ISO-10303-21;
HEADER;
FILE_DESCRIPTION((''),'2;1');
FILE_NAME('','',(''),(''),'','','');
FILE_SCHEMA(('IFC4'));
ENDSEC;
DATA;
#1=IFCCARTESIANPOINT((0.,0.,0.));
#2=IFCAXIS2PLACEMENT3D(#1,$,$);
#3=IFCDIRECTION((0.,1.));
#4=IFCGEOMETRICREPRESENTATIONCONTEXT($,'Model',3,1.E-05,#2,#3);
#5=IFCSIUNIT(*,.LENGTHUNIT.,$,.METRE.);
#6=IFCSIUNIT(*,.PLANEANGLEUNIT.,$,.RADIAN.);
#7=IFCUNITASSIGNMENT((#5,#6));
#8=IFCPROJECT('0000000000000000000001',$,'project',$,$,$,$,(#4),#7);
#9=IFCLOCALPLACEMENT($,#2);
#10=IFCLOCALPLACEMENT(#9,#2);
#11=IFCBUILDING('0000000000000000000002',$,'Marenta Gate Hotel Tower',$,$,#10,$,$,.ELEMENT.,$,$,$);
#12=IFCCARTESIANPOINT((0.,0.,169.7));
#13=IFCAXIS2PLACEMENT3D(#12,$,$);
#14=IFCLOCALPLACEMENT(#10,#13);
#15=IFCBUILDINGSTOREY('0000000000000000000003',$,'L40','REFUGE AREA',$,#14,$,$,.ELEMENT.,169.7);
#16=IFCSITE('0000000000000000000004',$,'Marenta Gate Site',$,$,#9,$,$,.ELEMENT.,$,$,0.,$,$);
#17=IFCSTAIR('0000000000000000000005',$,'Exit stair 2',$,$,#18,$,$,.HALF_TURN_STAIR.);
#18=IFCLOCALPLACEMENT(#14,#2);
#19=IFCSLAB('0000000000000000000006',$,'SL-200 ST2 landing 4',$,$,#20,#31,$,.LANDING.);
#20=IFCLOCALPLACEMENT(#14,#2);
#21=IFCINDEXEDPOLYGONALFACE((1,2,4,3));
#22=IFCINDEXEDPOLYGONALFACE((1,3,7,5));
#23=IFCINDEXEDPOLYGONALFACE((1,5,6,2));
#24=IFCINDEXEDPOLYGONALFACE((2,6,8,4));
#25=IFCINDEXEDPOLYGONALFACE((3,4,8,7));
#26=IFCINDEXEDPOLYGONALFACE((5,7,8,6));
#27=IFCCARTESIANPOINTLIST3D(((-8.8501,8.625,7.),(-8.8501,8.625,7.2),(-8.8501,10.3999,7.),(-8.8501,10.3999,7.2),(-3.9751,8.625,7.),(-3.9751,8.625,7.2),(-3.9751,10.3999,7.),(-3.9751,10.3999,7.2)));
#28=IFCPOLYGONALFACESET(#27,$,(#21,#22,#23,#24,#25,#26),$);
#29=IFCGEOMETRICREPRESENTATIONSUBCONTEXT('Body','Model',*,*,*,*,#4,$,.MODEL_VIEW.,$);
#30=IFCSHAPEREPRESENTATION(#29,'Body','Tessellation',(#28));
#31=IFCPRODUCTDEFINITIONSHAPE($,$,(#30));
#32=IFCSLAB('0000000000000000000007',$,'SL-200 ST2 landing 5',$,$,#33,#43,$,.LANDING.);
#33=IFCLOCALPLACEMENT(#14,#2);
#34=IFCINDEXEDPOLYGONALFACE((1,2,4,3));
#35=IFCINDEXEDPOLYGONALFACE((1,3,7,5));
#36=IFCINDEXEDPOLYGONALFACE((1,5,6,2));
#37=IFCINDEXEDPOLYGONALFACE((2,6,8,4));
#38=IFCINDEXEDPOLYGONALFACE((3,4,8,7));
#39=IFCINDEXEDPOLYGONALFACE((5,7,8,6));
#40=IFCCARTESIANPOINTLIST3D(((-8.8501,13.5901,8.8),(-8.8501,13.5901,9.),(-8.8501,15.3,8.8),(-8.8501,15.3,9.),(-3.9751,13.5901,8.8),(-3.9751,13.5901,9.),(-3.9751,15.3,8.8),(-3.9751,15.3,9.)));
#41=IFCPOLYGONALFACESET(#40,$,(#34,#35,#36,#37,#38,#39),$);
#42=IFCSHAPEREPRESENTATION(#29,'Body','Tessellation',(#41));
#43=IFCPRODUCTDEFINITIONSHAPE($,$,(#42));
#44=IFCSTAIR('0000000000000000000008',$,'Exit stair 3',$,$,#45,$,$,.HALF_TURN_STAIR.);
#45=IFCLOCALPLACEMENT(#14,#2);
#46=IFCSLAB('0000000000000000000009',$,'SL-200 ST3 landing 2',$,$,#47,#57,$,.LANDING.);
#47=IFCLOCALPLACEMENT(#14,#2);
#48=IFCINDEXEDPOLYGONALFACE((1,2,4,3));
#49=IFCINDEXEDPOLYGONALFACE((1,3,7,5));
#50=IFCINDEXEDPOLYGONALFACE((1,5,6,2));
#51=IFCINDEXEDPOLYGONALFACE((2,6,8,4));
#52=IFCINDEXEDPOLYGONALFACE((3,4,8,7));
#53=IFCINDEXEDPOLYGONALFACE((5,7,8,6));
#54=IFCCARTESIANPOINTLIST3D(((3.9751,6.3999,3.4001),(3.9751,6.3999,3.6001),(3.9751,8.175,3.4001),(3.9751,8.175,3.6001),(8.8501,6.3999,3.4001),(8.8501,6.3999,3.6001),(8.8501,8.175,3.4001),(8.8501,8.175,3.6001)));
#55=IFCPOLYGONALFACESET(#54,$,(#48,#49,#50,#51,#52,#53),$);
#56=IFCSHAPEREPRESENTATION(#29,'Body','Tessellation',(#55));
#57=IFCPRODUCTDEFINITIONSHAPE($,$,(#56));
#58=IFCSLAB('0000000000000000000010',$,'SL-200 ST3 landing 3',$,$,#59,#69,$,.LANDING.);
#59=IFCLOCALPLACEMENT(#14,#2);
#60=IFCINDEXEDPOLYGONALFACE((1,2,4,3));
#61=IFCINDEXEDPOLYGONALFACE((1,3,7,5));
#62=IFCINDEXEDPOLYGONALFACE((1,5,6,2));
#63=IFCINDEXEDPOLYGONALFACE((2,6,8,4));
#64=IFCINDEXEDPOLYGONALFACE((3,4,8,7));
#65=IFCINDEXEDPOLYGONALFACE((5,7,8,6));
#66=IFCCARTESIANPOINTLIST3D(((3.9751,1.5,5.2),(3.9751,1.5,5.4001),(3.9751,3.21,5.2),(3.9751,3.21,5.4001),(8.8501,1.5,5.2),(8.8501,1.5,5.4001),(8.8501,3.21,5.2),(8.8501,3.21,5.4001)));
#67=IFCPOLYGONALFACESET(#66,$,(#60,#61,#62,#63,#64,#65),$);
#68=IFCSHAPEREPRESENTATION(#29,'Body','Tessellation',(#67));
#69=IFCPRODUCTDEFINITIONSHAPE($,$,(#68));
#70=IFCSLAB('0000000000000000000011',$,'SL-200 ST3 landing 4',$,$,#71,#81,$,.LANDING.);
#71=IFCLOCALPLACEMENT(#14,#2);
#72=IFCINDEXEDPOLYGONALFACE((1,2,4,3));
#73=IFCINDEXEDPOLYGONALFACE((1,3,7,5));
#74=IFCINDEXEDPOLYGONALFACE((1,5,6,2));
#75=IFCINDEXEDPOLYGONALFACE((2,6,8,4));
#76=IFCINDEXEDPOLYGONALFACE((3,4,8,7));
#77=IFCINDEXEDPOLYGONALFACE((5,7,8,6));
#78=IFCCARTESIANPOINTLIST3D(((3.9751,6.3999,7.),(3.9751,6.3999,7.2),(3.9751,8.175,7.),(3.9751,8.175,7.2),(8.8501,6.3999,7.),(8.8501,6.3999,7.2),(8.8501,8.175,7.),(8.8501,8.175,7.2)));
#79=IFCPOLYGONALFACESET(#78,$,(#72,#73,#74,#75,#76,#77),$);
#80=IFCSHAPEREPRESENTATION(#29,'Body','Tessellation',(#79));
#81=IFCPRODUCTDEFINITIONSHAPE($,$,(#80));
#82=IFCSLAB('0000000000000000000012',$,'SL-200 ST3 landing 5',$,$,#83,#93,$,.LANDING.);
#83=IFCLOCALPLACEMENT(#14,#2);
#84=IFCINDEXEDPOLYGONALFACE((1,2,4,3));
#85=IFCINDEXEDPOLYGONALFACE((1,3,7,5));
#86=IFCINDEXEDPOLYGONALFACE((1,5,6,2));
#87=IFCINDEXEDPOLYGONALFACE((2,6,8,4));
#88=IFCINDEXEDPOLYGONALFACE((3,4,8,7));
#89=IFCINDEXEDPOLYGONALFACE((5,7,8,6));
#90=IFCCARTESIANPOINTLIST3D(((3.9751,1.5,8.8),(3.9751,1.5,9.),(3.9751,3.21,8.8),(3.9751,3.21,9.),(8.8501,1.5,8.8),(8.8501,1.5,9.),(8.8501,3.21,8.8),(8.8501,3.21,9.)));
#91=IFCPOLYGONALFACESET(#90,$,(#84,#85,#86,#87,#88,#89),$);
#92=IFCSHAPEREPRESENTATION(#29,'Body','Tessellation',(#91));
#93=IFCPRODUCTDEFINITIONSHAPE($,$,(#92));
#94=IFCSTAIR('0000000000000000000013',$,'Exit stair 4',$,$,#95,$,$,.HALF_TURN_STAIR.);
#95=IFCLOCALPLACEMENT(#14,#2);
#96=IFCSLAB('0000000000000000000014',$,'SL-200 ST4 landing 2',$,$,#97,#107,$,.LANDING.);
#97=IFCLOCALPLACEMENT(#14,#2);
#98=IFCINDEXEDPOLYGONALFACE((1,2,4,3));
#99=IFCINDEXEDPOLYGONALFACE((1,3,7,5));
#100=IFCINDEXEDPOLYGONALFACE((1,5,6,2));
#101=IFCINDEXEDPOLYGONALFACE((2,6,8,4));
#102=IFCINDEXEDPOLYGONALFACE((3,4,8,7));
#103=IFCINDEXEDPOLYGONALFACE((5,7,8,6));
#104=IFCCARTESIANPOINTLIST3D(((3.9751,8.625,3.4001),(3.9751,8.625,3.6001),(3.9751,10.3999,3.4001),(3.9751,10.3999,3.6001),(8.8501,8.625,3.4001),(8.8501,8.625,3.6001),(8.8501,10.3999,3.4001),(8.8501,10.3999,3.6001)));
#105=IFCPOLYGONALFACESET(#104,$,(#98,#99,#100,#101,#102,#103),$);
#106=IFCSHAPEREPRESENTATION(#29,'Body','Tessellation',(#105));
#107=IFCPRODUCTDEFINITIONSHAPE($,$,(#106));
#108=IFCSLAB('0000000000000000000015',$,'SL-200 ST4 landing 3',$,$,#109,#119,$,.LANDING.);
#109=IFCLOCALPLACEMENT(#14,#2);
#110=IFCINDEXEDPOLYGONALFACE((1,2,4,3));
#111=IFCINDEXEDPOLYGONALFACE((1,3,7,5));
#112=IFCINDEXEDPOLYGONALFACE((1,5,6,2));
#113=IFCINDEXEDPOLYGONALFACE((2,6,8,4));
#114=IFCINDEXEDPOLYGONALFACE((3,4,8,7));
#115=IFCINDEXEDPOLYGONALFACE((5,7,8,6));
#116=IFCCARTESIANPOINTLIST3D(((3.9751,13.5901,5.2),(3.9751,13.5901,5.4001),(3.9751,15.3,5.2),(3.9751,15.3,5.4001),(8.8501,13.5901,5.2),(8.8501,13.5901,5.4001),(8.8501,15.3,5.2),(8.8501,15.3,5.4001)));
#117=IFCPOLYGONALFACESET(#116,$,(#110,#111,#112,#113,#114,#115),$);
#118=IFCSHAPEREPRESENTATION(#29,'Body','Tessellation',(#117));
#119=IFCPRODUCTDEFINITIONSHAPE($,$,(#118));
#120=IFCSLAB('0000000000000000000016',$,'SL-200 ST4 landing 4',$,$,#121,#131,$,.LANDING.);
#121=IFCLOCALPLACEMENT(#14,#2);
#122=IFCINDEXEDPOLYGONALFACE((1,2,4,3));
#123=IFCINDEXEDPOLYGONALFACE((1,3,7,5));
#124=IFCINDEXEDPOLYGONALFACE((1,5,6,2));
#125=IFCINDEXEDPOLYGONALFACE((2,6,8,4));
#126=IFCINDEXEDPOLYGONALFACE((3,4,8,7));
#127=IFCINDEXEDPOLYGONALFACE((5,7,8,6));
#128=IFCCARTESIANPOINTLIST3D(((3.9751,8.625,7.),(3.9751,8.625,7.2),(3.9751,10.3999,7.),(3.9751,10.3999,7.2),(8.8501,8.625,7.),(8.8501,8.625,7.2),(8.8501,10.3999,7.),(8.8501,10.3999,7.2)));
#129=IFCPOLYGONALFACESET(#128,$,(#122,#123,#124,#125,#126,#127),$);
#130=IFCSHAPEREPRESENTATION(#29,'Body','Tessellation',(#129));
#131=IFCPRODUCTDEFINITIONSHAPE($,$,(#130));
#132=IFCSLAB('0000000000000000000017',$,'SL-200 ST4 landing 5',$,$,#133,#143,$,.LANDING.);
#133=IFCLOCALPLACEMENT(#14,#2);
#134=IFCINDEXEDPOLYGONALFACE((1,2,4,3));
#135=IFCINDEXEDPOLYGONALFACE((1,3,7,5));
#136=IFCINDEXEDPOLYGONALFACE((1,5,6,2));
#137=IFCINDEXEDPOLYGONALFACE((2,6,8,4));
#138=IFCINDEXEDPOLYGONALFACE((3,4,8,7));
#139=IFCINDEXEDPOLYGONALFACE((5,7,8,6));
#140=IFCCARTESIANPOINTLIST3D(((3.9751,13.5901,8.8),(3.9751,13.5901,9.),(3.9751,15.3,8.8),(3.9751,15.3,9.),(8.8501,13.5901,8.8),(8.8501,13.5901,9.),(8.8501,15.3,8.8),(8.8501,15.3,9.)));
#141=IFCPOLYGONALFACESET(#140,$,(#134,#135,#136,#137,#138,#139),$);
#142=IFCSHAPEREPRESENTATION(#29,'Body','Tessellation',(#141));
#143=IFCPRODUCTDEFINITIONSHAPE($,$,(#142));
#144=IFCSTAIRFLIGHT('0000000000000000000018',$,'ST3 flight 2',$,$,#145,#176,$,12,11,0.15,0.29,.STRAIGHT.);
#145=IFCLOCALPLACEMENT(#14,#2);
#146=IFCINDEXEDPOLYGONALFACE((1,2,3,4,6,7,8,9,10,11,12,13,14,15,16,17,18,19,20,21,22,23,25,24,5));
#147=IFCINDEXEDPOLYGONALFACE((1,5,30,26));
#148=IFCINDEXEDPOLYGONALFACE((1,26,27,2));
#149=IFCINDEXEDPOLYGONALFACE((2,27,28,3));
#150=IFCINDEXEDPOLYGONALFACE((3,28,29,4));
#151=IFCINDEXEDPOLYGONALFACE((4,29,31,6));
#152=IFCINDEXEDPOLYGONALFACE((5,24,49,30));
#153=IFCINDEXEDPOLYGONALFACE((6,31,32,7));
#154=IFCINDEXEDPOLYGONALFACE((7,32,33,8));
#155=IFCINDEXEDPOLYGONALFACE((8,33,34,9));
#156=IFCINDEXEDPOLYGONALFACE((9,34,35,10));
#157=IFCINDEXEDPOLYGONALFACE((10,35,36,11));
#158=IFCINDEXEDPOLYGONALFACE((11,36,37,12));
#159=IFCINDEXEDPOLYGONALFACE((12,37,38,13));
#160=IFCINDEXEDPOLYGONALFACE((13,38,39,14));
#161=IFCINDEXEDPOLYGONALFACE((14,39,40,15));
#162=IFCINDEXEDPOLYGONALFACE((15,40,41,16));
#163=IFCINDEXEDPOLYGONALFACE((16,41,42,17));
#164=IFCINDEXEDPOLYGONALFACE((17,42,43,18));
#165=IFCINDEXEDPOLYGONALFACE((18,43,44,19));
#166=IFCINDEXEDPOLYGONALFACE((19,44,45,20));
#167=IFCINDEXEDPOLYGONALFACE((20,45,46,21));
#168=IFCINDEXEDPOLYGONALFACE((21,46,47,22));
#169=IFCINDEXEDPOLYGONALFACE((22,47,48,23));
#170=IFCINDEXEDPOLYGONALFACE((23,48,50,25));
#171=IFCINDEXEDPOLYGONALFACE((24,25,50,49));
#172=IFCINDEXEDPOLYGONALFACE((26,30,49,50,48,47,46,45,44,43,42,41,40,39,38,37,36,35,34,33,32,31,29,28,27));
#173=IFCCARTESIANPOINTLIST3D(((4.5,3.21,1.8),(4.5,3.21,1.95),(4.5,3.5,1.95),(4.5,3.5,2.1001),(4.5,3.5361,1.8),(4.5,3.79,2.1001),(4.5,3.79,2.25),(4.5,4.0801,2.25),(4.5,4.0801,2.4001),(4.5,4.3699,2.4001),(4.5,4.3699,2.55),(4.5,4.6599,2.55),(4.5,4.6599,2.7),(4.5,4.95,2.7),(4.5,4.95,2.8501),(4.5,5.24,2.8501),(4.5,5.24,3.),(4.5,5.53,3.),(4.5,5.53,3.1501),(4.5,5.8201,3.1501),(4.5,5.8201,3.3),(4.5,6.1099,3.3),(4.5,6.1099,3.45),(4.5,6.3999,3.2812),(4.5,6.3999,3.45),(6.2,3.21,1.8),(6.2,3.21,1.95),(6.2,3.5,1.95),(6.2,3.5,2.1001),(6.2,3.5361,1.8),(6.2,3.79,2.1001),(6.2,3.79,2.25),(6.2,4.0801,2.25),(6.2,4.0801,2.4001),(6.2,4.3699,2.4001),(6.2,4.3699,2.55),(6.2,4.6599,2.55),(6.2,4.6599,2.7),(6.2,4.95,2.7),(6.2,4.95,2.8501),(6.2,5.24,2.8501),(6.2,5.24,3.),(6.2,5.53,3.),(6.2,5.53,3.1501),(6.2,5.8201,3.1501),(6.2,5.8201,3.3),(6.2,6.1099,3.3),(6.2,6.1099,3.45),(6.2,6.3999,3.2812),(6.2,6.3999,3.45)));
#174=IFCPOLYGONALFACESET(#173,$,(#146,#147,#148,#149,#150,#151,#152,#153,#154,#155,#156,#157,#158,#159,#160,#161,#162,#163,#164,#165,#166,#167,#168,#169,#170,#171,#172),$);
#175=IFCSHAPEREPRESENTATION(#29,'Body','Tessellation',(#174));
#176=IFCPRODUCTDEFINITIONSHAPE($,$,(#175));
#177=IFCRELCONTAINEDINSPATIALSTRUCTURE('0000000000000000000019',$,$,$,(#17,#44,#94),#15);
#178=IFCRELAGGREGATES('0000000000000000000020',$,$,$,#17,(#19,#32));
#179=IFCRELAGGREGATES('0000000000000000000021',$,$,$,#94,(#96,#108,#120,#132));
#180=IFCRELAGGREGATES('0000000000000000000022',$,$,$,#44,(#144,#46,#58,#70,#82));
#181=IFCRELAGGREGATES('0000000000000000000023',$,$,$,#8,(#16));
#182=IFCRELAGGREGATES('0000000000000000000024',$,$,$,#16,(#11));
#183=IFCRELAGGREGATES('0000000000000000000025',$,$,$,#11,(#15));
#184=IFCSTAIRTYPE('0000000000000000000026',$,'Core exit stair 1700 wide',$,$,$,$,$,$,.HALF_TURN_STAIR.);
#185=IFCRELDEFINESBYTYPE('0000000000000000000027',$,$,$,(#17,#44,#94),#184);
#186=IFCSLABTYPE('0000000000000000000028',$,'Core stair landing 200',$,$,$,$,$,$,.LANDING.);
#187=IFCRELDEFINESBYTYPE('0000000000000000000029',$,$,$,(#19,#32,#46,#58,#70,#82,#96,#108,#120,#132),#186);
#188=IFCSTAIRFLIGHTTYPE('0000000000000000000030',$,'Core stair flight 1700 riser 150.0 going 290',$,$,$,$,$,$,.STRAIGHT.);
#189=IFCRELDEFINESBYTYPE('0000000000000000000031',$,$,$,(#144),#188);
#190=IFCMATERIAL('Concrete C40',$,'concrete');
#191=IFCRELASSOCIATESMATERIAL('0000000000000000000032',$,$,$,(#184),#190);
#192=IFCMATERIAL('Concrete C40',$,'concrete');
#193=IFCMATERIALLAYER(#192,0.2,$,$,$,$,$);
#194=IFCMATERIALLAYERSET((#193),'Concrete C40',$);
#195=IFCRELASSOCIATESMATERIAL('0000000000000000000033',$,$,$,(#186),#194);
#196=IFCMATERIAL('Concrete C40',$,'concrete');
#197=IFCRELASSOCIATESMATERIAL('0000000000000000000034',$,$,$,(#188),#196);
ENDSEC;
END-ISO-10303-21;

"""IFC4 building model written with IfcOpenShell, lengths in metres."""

from ifc_helpers import new_model, si_unit, direction, frame, origin, place, context, subcontext, project, spatial, polyline, outline, extrude, material, layer, layer_set, type_object, element, aggregate, save


model = new_model("IFC4")

# Units and contexts
model_context = context("Model", 3, precision=1e-05, world=origin(), true_north=direction((0.0, 1.0)))
body_context = subcontext(model_context, "Body", "Model", "MODEL_VIEW")
ifc_project = project(units=[si_unit("LENGTHUNIT", "METRE"), si_unit("PLANEANGLEUNIT", "RADIAN")], contexts=[model_context])

# Site, building, storey
site_placement = place(None, origin())
site = spatial("IfcSite", under=ifc_project, at=site_placement, Name="Marenta Gate Site", CompositionType="ELEMENT", RefElevation=0.0)
building_placement = place(site_placement, origin())
building = spatial("IfcBuilding", under=site, at=building_placement, Name="Marenta Gate Hotel Tower", CompositionType="ELEMENT")
storey_placement = place(building_placement, frame((0.0, 0.0, 169.7)))
storey = spatial("IfcBuildingStorey", under=building, at=storey_placement, Name="L40", Description="REFUGE AREA", CompositionType="ELEMENT", Elevation=169.7)

# Stairs, slabs
ifc_material_1 = material(Name="Concrete C40", Category="concrete")
stair_type = type_object("IfcStairType", Name="Core exit stair 1700 wide", PredefinedType="HALF_TURN_STAIR", material=ifc_material_1)
stair_1_placement = place(storey_placement, origin())
stair_1 = element("IfcStair", 1, at=stair_1_placement, inside=storey, type_object=stair_type, Name="Exit stair 2", PredefinedType="HALF_TURN_STAIR")
ifc_material_2 = material(Name="Concrete C40", Category="concrete")
ifc_layer = layer(ifc_material_2, 0.2)
ifc_layer_set = layer_set([ifc_layer], Name="Concrete C40")
slab_type = type_object("IfcSlabType", Name="Core stair landing 200", PredefinedType="LANDING", material=ifc_layer_set)
slab_1_placement = place(storey_placement, frame((0.0, 0.0, 7.0)))
slab_1 = element("IfcSlab", 2, at=slab_1_placement, type_object=slab_type, Name="SL-200 ST2 landing 4", PredefinedType="LANDING", context=body_context, shape_type="SweptSolid", body=[
    extrude(outline(polyline([(-8.8501, 8.625), (-3.9751, 8.625), (-3.9751, 10.3999), (-8.8501, 10.3999), (-8.8501, 8.625)])), origin(), (0.0, 0.0, 1.0), 0.2),
])
slab_2_placement = place(storey_placement, frame((0.0, 0.0, 8.8)))
slab_2 = element("IfcSlab", 3, at=slab_2_placement, type_object=slab_type, Name="SL-200 ST2 landing 5", PredefinedType="LANDING", context=body_context, shape_type="SweptSolid", body=[
    extrude(outline(polyline([(-8.8501, 13.5901), (-3.9751, 13.5901), (-3.9751, 15.3), (-8.8501, 15.3), (-8.8501, 13.5901)])), origin(), (0.0, 0.0, 1.0), 0.2),
])
aggregate(stair_1, [slab_1, slab_2])
stair_2_placement = place(storey_placement, origin())
stair_2 = element("IfcStair", 4, at=stair_2_placement, inside=storey, type_object=stair_type, Name="Exit stair 3", PredefinedType="HALF_TURN_STAIR")
slab_3_placement = place(storey_placement, frame((0.0, 0.0, 3.4001)))
slab_3 = element("IfcSlab", 5, at=slab_3_placement, type_object=slab_type, Name="SL-200 ST3 landing 2", PredefinedType="LANDING", context=body_context, shape_type="SweptSolid", body=[
    extrude(outline(polyline([(3.9751, 6.3999), (8.8501, 6.3999), (8.8501, 8.175), (3.9751, 8.175), (3.9751, 6.3999)])), origin(), (0.0, 0.0, 1.0), 0.2),
])
slab_4_placement = place(storey_placement, frame((0.0, 0.0, 5.2)))
slab_4 = element("IfcSlab", 6, at=slab_4_placement, type_object=slab_type, Name="SL-200 ST3 landing 3", PredefinedType="LANDING", context=body_context, shape_type="SweptSolid", body=[
    extrude(outline(polyline([(3.9751, 1.5), (8.8501, 1.5), (8.8501, 3.21), (3.9751, 3.21), (3.9751, 1.5)])), origin(), (0.0, 0.0, 1.0), 0.2002),
])
slab_5_placement = place(storey_placement, frame((0.0, 0.0, 7.0)))
slab_5 = element("IfcSlab", 7, at=slab_5_placement, type_object=slab_type, Name="SL-200 ST3 landing 4", PredefinedType="LANDING", context=body_context, shape_type="SweptSolid", body=[
    extrude(outline(polyline([(3.9751, 6.3999), (8.8501, 6.3999), (8.8501, 8.175), (3.9751, 8.175), (3.9751, 6.3999)])), origin(), (0.0, 0.0, 1.0), 0.2),
])
slab_6_placement = place(storey_placement, frame((0.0, 0.0, 8.8)))
slab_6 = element("IfcSlab", 8, at=slab_6_placement, type_object=slab_type, Name="SL-200 ST3 landing 5", PredefinedType="LANDING", context=body_context, shape_type="SweptSolid", body=[
    extrude(outline(polyline([(3.9751, 1.5), (8.8501, 1.5), (8.8501, 3.21), (3.9751, 3.21), (3.9751, 1.5)])), origin(), (0.0, 0.0, 1.0), 0.2),
])
stair_3_placement = place(storey_placement, origin())
stair_3 = element("IfcStair", 9, at=stair_3_placement, inside=storey, type_object=stair_type, Name="Exit stair 4", PredefinedType="HALF_TURN_STAIR")
slab_7_placement = place(storey_placement, frame((0.0, 0.0, 3.4001)))
slab_7 = element("IfcSlab", 10, at=slab_7_placement, type_object=slab_type, Name="SL-200 ST4 landing 2", PredefinedType="LANDING", context=body_context, shape_type="SweptSolid", body=[
    extrude(outline(polyline([(3.9751, 8.625), (8.8501, 8.625), (8.8501, 10.3999), (3.9751, 10.3999), (3.9751, 8.625)])), origin(), (0.0, 0.0, 1.0), 0.2),
])
slab_8_placement = place(storey_placement, frame((0.0, 0.0, 5.2)))
slab_8 = element("IfcSlab", 11, at=slab_8_placement, type_object=slab_type, Name="SL-200 ST4 landing 3", PredefinedType="LANDING", context=body_context, shape_type="SweptSolid", body=[
    extrude(outline(polyline([(3.9751, 13.5901), (8.8501, 13.5901), (8.8501, 15.3), (3.9751, 15.3), (3.9751, 13.5901)])), origin(), (0.0, 0.0, 1.0), 0.2002),
])
slab_9_placement = place(storey_placement, frame((0.0, 0.0, 7.0)))
slab_9 = element("IfcSlab", 12, at=slab_9_placement, type_object=slab_type, Name="SL-200 ST4 landing 4", PredefinedType="LANDING", context=body_context, shape_type="SweptSolid", body=[
    extrude(outline(polyline([(3.9751, 8.625), (8.8501, 8.625), (8.8501, 10.3999), (3.9751, 10.3999), (3.9751, 8.625)])), origin(), (0.0, 0.0, 1.0), 0.2),
])
slab_10_placement = place(storey_placement, frame((0.0, 0.0, 8.8)))
slab_10 = element("IfcSlab", 13, at=slab_10_placement, type_object=slab_type, Name="SL-200 ST4 landing 5", PredefinedType="LANDING", context=body_context, shape_type="SweptSolid", body=[
    extrude(outline(polyline([(3.9751, 13.5901), (8.8501, 13.5901), (8.8501, 15.3), (3.9751, 15.3), (3.9751, 13.5901)])), origin(), (0.0, 0.0, 1.0), 0.2),
])
aggregate(stair_3, [slab_7, slab_8, slab_9, slab_10])

# Stair flight
ifc_material_3 = material(Name="Concrete C40", Category="concrete")
stair_flight_type = type_object("IfcStairFlightType", Name="Core stair flight 1700 riser 150.0 going 290", PredefinedType="STRAIGHT", material=ifc_material_3)
stair_flight_1_placement = place(storey_placement, frame((5.3501, 3.21, 1.8), z_axis=(0.0, 0.0, 1.0), x_axis=(0.0, 1.0, 0.0)))
stair_flight_1 = element("IfcStairFlight", 14, at=stair_flight_1_placement, type_object=stair_flight_type, Name="ST3 flight 2", NumberOfRisers=12, NumberOfTreads=11, PredefinedType="STRAIGHT", RiserHeight=0.15, TreadLength=0.29, context=body_context, shape_type="SweptSolid", body=[
    extrude(outline(polyline([(0.0, 0.0), (0.0, 0.1499), (0.29, 0.1499), (0.29, 0.3), (0.5801, 0.3), (0.5801, 0.45), (0.8701, 0.45), (0.8701, 0.6001), (1.1599, 0.6001), (1.1599, 0.75), (1.45, 0.75), (1.45, 0.8999), (1.74, 0.8999), (1.74, 1.05), (2.03, 1.05), (2.03, 1.2), (2.3201, 1.2), (2.3201, 1.3501), (2.6101, 1.3501), (2.6101, 1.5), (2.8999, 1.5), (2.8999, 1.6499), (3.1899, 1.6499), (3.1899, 1.8), (3.1899, 1.4812), (0.3262, 0.0), (0.0, 0.0)])), frame((0.0, 0.8501, 0.0), z_axis=(0.0, -1.0, 0.0), x_axis=(1.0, 0.0, 0.0)), (0.0, 0.0, 1.0), 1.7),
])
aggregate(stair_2, [stair_flight_1, slab_3, slab_4, slab_5, slab_6])

save(model, "model.ifc")
